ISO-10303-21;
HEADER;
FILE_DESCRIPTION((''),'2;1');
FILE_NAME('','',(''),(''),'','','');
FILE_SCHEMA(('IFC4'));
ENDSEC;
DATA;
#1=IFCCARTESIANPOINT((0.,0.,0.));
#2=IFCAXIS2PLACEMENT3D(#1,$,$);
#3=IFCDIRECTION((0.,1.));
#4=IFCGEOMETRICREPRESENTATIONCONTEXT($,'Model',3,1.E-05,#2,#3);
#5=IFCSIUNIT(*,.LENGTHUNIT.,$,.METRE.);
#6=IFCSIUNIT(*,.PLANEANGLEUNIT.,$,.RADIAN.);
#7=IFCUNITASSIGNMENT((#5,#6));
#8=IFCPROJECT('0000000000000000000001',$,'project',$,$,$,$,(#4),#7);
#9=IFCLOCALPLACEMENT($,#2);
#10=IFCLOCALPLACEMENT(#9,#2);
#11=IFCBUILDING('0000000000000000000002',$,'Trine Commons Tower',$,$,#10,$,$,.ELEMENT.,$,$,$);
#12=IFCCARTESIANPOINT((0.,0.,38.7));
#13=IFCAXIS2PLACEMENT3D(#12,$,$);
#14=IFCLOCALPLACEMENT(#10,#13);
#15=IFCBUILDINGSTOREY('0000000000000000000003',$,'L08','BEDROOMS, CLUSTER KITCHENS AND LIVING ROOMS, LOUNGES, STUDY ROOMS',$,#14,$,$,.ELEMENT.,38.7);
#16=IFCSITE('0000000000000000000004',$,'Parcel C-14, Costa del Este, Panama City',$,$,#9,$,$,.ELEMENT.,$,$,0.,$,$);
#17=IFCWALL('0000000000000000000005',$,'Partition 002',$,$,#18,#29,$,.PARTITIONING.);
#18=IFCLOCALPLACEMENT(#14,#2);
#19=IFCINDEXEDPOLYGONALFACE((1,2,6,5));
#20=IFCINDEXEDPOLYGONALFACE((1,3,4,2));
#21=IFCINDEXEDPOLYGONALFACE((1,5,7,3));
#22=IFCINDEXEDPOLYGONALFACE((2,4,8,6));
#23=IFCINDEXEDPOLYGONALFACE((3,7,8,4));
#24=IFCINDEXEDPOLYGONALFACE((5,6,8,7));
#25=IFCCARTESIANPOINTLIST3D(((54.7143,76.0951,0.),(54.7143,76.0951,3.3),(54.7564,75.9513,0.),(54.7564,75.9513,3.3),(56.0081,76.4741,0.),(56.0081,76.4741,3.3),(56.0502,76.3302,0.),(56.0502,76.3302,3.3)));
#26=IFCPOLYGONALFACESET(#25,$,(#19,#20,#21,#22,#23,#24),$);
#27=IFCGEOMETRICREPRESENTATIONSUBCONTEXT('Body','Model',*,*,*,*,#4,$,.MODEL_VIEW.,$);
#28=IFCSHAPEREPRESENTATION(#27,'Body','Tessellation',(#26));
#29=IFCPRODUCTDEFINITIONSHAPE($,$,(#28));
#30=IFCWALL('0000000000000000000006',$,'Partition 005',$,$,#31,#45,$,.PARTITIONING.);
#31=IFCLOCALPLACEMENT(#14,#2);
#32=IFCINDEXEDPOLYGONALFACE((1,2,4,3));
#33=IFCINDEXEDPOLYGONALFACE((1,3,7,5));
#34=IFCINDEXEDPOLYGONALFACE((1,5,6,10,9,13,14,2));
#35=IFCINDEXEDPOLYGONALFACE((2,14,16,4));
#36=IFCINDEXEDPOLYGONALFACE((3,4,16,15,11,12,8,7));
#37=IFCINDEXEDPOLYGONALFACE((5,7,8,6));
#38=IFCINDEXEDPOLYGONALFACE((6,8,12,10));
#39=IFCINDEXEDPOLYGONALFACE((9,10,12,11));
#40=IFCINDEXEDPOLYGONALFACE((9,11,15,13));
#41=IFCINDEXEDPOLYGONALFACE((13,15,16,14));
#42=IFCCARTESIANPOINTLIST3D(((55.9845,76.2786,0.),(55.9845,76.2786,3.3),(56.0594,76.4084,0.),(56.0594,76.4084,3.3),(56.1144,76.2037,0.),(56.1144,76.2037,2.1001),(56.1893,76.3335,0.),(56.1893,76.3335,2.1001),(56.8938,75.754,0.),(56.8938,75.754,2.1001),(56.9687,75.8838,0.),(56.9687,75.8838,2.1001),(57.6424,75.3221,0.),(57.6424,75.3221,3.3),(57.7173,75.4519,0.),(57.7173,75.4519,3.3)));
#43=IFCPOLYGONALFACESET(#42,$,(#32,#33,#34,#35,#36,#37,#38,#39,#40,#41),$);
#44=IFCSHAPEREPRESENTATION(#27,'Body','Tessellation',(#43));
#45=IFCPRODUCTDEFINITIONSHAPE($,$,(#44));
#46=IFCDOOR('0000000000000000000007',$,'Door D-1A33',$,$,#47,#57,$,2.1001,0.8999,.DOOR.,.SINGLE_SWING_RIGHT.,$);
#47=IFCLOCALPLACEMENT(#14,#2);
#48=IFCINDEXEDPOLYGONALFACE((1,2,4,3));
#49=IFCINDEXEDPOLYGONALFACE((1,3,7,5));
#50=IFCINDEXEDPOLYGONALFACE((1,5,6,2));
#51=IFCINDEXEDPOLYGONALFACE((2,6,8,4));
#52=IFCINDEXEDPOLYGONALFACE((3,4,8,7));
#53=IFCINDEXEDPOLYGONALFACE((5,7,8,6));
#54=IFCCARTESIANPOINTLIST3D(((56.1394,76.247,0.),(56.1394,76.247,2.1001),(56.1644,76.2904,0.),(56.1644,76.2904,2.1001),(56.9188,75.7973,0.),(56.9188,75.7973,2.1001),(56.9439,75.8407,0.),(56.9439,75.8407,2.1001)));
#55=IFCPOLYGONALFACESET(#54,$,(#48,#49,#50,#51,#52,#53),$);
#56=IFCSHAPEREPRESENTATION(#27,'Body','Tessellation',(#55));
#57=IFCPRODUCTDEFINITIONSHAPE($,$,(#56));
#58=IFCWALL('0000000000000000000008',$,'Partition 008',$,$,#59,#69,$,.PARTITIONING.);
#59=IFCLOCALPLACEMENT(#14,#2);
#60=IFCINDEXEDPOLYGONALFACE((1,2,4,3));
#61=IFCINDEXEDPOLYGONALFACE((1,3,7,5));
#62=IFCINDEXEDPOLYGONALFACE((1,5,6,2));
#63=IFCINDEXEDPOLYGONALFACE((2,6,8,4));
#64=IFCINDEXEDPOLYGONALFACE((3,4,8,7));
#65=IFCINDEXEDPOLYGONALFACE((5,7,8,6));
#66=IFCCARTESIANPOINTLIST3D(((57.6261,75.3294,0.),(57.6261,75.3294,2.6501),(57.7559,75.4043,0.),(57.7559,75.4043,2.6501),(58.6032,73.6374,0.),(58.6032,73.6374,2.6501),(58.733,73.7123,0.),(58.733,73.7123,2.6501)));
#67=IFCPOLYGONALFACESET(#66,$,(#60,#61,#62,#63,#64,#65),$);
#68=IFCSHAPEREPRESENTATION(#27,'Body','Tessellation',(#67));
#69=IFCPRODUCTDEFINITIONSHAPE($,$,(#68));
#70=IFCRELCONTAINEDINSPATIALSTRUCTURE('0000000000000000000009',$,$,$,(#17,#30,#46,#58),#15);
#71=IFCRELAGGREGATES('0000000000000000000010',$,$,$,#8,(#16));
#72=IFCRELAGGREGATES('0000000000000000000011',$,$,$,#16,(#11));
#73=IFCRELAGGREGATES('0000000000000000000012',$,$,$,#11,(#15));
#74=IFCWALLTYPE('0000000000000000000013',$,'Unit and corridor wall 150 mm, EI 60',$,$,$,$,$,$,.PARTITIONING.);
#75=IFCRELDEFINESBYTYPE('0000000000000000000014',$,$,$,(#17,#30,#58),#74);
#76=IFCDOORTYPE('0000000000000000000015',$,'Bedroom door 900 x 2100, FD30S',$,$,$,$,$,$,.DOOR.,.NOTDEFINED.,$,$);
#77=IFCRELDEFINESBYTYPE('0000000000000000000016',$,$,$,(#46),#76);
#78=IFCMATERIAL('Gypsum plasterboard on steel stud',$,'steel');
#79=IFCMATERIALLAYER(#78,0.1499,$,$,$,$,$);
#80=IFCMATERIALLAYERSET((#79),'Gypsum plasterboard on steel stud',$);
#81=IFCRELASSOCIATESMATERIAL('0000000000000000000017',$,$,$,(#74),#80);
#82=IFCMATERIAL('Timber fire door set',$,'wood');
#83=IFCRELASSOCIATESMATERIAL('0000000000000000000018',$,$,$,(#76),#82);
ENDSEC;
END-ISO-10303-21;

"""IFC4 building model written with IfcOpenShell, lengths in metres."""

from ifc_helpers import new_model, si_unit, direction, frame, frame_2d, origin, place, context, subcontext, project, spatial, rectangle, extrude, material, layer, layer_set, type_object, element, fill, save


model = new_model("IFC4")

# Units and contexts
model_context = context("Model", 3, precision=1e-05, world=origin(), true_north=direction((0.0, 1.0)))
body_context = subcontext(model_context, "Body", "Model", "MODEL_VIEW")
ifc_project = project(units=[si_unit("LENGTHUNIT", "METRE"), si_unit("PLANEANGLEUNIT", "RADIAN")], contexts=[model_context])

# Site, building, storey
site_placement = place(None, origin())
site = spatial("IfcSite", under=ifc_project, at=site_placement, Name="Parcel C-14, Costa del Este, Panama City", CompositionType="ELEMENT", RefElevation=0.0)
building_placement = place(site_placement, origin())
building = spatial("IfcBuilding", under=site, at=building_placement, Name="Trine Commons Tower", CompositionType="ELEMENT")
storey_placement = place(building_placement, frame((0.0, 0.0, 38.7)))
storey = spatial("IfcBuildingStorey", under=building, at=storey_placement, Name="L08", Description="BEDROOMS, CLUSTER KITCHENS AND LIVING ROOMS, LOUNGES, STUDY ROOMS", CompositionType="ELEMENT", Elevation=38.7)

# Wall
ifc_material_1 = material(Name="Gypsum plasterboard on steel stud", Category="steel")
ifc_layer_1 = layer(ifc_material_1, 0.1499)
ifc_layer_set_1 = layer_set([ifc_layer_1], Name="Gypsum plasterboard on steel stud")
wall_type_1 = type_object("IfcWallType", Name="Unit and corridor wall 150 mm, EI 60", PredefinedType="PARTITIONING", material=ifc_layer_set_1)
wall_1_placement = place(storey_placement, frame((54.7354, 76.0232, 0.0), z_axis=(0.0, 0.0, 1.0), x_axis=(0.959685, 0.281078, 0.0)))
element("IfcWall", 1, at=wall_1_placement, inside=storey, type_object=wall_type_1, Name="Partition 002", PredefinedType="PARTITIONING", context=body_context, shape_type="SweptSolid", body=[
    extrude(rectangle(XDim=1.3481, YDim=0.1499, at=frame_2d((0.6741, 0.0))), origin(), (0.0, 0.0, 1.0), 3.3),
])

# Wall, opening, door
wall_2_placement = place(storey_placement, frame((56.022, 76.3435, 0.0), z_axis=(0.0, 0.0, 1.0), x_axis=(0.866179, -0.499733, 0.0)))
wall_2 = element("IfcWall", 2, at=wall_2_placement, inside=storey, type_object=wall_type_1, Name="Partition 005", PredefinedType="PARTITIONING", context=body_context, shape_type="SweptSolid", body=[
    extrude(rectangle(XDim=1.9141, YDim=0.1499, at=frame_2d((0.957, 0.0))), origin(), (0.0, 0.0, 1.0), 3.3),
])
opening_1_placement = place(wall_2_placement, frame((0.1499, 0.0, 0.0)))
opening_1 = element("IfcOpeningElement", 3, at=opening_1_placement, cuts=wall_2, PredefinedType="OPENING", context=body_context, shape_type="SweptSolid", body=[
    extrude(rectangle(XDim=0.8999, YDim=2.1001, at=frame_2d((0.45, 1.05))), frame((0.0, 0.085, 0.0), z_axis=(0.0, -1.0, 0.0), x_axis=(1.0, 0.0, 0.0)), (0.0, 0.0, 1.0), 0.1699),
])
ifc_material_2 = material(Name="Timber fire door set", Category="wood")
door_type_1 = type_object("IfcDoorType", Name="Bedroom door 900 x 2100, FD30S", OperationType="NOTDEFINED", PredefinedType="DOOR", material=ifc_material_2)
door_1_placement = place(opening_1_placement, frame((0.8999, 0.0, 0.0), z_axis=(0.0, 0.0, 1.0), x_axis=(-1.0, 0.0, 0.0)))
door_1 = element("IfcDoor", 4, at=door_1_placement, inside=storey, type_object=door_type_1, Name="Door D-1A33", OperationType="SINGLE_SWING_RIGHT", OverallHeight=2.1001, OverallWidth=0.8999, PredefinedType="DOOR", context=body_context, shape_type="SweptSolid", body=[
    extrude(rectangle(XDim=0.8999, YDim=2.1001, at=frame_2d((0.45, 1.05))), frame((0.0, 0.0249, 0.0), z_axis=(0.0, -1.0, 0.0), x_axis=(1.0, 0.0, 0.0)), (0.0, 0.0, 1.0), 0.05),
])
fill(opening_1, door_1)

# Wall
wall_3_placement = place(storey_placement, frame((57.6909, 75.3669, 0.0), z_axis=(0.0, 0.0, 1.0), x_axis=(0.50009, -0.865973, 0.0)))
element("IfcWall", 5, at=wall_3_placement, inside=storey, type_object=wall_type_1, Name="Partition 008", PredefinedType="PARTITIONING", context=body_context, shape_type="SweptSolid", body=[
    extrude(rectangle(XDim=1.9539, YDim=0.1499, at=frame_2d((0.9771, 0.0))), origin(), (0.0, 0.0, 1.0), 2.6501),
])

save(model, "model.ifc")
